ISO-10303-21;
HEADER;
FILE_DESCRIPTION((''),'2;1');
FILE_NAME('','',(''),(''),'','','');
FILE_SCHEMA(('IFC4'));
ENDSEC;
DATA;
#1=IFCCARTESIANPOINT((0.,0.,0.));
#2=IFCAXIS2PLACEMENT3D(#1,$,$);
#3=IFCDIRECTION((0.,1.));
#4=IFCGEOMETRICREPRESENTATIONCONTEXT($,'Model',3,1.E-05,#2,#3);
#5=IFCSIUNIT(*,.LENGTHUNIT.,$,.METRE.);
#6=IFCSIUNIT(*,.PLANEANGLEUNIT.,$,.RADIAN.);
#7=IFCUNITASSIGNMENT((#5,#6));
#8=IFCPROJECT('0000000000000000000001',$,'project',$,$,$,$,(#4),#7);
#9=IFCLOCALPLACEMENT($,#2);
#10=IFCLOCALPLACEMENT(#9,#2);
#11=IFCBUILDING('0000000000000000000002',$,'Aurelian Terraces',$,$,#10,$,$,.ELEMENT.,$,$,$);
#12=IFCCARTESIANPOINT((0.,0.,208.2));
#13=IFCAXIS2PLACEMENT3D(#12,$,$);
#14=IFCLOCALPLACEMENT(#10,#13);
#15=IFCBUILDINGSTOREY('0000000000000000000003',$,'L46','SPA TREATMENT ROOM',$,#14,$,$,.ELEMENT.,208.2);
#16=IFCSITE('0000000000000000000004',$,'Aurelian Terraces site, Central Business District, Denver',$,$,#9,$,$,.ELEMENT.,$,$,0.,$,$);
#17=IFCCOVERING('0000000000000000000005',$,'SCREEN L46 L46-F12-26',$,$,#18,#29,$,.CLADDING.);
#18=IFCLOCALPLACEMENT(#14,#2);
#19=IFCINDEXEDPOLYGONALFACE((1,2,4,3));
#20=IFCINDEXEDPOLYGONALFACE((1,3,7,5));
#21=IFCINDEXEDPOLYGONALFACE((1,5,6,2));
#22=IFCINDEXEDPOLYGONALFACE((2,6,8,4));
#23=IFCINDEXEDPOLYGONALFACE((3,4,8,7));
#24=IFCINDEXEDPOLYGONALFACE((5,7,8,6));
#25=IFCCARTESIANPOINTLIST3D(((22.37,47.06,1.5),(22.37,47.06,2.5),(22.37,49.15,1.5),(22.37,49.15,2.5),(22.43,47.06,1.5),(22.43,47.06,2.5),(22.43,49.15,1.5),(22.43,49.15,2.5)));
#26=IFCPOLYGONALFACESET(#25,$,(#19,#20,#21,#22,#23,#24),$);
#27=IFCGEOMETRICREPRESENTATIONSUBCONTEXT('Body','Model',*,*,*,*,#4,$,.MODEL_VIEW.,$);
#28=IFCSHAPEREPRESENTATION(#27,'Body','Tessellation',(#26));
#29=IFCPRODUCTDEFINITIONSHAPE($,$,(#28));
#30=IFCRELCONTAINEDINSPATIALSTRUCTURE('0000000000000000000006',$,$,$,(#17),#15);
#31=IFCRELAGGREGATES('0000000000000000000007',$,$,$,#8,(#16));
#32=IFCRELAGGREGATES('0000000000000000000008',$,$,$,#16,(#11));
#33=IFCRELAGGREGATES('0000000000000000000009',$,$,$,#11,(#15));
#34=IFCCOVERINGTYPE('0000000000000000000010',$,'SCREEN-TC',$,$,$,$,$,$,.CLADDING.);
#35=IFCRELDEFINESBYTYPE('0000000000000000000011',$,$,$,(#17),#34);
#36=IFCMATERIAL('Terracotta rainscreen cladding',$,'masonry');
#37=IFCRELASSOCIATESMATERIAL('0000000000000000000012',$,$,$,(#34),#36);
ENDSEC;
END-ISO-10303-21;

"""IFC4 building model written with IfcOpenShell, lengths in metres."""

from ifc_helpers import new_model, si_unit, direction, frame, origin, origin_2d, place, context, subcontext, project, spatial, rectangle, extrude, source, transform, mapped, material, type_object, element, save


model = new_model("IFC4")

# Units and contexts
model_context = context("Model", 3, precision=1e-05, world=origin(), true_north=direction((0.0, 1.0)))
body_context = subcontext(model_context, "Body", "Model", "MODEL_VIEW")
ifc_project = project(units=[si_unit("LENGTHUNIT", "METRE"), si_unit("PLANEANGLEUNIT", "RADIAN")], contexts=[model_context])

# Site, building, storey
site_placement = place(None, origin())
site = spatial("IfcSite", under=ifc_project, at=site_placement, Name="Aurelian Terraces site, Central Business District, Denver", CompositionType="ELEMENT", RefElevation=0.0)
building_placement = place(site_placement, origin())
building = spatial("IfcBuilding", under=site, at=building_placement, Name="Aurelian Terraces", CompositionType="ELEMENT")
storey_placement = place(building_placement, frame((0.0, 0.0, 208.2)))
storey = spatial("IfcBuildingStorey", under=building, at=storey_placement, Name="L46", Description="SPA TREATMENT ROOM", CompositionType="ELEMENT", Elevation=208.2)

# Shared definitions
ifc_material_1 = material(Name="Terracotta rainscreen cladding", Category="masonry")

# Shared definitions
covering_type_1 = type_object("IfcCoveringType", Name="SCREEN-TC", PredefinedType="CLADDING", material=ifc_material_1)

# Covering
shared_shape_1 = source(origin(), body_context, "Body", "SweptSolid", [
    extrude(rectangle(XDim=0.06, YDim=2.09, at=origin_2d()), origin(), (0.0, 0.0, 1.0), 1.0),
])
covering_1_placement = place(storey_placement, frame((22.4, 48.105, 1.5), z_axis=(0.0, 0.0, 1.0), x_axis=(1.0, 0.0, 0.0)))
element("IfcCovering", 1, at=covering_1_placement, inside=storey, type_object=covering_type_1, Name="SCREEN L46 L46-F12-26", PredefinedType="CLADDING", context=body_context, shape_type="MappedRepresentation", body=[
    mapped(shared_shape_1, transform((0.0, 0.0, 0.0), scale=1.0)),
])

save(model, "model.ifc")
